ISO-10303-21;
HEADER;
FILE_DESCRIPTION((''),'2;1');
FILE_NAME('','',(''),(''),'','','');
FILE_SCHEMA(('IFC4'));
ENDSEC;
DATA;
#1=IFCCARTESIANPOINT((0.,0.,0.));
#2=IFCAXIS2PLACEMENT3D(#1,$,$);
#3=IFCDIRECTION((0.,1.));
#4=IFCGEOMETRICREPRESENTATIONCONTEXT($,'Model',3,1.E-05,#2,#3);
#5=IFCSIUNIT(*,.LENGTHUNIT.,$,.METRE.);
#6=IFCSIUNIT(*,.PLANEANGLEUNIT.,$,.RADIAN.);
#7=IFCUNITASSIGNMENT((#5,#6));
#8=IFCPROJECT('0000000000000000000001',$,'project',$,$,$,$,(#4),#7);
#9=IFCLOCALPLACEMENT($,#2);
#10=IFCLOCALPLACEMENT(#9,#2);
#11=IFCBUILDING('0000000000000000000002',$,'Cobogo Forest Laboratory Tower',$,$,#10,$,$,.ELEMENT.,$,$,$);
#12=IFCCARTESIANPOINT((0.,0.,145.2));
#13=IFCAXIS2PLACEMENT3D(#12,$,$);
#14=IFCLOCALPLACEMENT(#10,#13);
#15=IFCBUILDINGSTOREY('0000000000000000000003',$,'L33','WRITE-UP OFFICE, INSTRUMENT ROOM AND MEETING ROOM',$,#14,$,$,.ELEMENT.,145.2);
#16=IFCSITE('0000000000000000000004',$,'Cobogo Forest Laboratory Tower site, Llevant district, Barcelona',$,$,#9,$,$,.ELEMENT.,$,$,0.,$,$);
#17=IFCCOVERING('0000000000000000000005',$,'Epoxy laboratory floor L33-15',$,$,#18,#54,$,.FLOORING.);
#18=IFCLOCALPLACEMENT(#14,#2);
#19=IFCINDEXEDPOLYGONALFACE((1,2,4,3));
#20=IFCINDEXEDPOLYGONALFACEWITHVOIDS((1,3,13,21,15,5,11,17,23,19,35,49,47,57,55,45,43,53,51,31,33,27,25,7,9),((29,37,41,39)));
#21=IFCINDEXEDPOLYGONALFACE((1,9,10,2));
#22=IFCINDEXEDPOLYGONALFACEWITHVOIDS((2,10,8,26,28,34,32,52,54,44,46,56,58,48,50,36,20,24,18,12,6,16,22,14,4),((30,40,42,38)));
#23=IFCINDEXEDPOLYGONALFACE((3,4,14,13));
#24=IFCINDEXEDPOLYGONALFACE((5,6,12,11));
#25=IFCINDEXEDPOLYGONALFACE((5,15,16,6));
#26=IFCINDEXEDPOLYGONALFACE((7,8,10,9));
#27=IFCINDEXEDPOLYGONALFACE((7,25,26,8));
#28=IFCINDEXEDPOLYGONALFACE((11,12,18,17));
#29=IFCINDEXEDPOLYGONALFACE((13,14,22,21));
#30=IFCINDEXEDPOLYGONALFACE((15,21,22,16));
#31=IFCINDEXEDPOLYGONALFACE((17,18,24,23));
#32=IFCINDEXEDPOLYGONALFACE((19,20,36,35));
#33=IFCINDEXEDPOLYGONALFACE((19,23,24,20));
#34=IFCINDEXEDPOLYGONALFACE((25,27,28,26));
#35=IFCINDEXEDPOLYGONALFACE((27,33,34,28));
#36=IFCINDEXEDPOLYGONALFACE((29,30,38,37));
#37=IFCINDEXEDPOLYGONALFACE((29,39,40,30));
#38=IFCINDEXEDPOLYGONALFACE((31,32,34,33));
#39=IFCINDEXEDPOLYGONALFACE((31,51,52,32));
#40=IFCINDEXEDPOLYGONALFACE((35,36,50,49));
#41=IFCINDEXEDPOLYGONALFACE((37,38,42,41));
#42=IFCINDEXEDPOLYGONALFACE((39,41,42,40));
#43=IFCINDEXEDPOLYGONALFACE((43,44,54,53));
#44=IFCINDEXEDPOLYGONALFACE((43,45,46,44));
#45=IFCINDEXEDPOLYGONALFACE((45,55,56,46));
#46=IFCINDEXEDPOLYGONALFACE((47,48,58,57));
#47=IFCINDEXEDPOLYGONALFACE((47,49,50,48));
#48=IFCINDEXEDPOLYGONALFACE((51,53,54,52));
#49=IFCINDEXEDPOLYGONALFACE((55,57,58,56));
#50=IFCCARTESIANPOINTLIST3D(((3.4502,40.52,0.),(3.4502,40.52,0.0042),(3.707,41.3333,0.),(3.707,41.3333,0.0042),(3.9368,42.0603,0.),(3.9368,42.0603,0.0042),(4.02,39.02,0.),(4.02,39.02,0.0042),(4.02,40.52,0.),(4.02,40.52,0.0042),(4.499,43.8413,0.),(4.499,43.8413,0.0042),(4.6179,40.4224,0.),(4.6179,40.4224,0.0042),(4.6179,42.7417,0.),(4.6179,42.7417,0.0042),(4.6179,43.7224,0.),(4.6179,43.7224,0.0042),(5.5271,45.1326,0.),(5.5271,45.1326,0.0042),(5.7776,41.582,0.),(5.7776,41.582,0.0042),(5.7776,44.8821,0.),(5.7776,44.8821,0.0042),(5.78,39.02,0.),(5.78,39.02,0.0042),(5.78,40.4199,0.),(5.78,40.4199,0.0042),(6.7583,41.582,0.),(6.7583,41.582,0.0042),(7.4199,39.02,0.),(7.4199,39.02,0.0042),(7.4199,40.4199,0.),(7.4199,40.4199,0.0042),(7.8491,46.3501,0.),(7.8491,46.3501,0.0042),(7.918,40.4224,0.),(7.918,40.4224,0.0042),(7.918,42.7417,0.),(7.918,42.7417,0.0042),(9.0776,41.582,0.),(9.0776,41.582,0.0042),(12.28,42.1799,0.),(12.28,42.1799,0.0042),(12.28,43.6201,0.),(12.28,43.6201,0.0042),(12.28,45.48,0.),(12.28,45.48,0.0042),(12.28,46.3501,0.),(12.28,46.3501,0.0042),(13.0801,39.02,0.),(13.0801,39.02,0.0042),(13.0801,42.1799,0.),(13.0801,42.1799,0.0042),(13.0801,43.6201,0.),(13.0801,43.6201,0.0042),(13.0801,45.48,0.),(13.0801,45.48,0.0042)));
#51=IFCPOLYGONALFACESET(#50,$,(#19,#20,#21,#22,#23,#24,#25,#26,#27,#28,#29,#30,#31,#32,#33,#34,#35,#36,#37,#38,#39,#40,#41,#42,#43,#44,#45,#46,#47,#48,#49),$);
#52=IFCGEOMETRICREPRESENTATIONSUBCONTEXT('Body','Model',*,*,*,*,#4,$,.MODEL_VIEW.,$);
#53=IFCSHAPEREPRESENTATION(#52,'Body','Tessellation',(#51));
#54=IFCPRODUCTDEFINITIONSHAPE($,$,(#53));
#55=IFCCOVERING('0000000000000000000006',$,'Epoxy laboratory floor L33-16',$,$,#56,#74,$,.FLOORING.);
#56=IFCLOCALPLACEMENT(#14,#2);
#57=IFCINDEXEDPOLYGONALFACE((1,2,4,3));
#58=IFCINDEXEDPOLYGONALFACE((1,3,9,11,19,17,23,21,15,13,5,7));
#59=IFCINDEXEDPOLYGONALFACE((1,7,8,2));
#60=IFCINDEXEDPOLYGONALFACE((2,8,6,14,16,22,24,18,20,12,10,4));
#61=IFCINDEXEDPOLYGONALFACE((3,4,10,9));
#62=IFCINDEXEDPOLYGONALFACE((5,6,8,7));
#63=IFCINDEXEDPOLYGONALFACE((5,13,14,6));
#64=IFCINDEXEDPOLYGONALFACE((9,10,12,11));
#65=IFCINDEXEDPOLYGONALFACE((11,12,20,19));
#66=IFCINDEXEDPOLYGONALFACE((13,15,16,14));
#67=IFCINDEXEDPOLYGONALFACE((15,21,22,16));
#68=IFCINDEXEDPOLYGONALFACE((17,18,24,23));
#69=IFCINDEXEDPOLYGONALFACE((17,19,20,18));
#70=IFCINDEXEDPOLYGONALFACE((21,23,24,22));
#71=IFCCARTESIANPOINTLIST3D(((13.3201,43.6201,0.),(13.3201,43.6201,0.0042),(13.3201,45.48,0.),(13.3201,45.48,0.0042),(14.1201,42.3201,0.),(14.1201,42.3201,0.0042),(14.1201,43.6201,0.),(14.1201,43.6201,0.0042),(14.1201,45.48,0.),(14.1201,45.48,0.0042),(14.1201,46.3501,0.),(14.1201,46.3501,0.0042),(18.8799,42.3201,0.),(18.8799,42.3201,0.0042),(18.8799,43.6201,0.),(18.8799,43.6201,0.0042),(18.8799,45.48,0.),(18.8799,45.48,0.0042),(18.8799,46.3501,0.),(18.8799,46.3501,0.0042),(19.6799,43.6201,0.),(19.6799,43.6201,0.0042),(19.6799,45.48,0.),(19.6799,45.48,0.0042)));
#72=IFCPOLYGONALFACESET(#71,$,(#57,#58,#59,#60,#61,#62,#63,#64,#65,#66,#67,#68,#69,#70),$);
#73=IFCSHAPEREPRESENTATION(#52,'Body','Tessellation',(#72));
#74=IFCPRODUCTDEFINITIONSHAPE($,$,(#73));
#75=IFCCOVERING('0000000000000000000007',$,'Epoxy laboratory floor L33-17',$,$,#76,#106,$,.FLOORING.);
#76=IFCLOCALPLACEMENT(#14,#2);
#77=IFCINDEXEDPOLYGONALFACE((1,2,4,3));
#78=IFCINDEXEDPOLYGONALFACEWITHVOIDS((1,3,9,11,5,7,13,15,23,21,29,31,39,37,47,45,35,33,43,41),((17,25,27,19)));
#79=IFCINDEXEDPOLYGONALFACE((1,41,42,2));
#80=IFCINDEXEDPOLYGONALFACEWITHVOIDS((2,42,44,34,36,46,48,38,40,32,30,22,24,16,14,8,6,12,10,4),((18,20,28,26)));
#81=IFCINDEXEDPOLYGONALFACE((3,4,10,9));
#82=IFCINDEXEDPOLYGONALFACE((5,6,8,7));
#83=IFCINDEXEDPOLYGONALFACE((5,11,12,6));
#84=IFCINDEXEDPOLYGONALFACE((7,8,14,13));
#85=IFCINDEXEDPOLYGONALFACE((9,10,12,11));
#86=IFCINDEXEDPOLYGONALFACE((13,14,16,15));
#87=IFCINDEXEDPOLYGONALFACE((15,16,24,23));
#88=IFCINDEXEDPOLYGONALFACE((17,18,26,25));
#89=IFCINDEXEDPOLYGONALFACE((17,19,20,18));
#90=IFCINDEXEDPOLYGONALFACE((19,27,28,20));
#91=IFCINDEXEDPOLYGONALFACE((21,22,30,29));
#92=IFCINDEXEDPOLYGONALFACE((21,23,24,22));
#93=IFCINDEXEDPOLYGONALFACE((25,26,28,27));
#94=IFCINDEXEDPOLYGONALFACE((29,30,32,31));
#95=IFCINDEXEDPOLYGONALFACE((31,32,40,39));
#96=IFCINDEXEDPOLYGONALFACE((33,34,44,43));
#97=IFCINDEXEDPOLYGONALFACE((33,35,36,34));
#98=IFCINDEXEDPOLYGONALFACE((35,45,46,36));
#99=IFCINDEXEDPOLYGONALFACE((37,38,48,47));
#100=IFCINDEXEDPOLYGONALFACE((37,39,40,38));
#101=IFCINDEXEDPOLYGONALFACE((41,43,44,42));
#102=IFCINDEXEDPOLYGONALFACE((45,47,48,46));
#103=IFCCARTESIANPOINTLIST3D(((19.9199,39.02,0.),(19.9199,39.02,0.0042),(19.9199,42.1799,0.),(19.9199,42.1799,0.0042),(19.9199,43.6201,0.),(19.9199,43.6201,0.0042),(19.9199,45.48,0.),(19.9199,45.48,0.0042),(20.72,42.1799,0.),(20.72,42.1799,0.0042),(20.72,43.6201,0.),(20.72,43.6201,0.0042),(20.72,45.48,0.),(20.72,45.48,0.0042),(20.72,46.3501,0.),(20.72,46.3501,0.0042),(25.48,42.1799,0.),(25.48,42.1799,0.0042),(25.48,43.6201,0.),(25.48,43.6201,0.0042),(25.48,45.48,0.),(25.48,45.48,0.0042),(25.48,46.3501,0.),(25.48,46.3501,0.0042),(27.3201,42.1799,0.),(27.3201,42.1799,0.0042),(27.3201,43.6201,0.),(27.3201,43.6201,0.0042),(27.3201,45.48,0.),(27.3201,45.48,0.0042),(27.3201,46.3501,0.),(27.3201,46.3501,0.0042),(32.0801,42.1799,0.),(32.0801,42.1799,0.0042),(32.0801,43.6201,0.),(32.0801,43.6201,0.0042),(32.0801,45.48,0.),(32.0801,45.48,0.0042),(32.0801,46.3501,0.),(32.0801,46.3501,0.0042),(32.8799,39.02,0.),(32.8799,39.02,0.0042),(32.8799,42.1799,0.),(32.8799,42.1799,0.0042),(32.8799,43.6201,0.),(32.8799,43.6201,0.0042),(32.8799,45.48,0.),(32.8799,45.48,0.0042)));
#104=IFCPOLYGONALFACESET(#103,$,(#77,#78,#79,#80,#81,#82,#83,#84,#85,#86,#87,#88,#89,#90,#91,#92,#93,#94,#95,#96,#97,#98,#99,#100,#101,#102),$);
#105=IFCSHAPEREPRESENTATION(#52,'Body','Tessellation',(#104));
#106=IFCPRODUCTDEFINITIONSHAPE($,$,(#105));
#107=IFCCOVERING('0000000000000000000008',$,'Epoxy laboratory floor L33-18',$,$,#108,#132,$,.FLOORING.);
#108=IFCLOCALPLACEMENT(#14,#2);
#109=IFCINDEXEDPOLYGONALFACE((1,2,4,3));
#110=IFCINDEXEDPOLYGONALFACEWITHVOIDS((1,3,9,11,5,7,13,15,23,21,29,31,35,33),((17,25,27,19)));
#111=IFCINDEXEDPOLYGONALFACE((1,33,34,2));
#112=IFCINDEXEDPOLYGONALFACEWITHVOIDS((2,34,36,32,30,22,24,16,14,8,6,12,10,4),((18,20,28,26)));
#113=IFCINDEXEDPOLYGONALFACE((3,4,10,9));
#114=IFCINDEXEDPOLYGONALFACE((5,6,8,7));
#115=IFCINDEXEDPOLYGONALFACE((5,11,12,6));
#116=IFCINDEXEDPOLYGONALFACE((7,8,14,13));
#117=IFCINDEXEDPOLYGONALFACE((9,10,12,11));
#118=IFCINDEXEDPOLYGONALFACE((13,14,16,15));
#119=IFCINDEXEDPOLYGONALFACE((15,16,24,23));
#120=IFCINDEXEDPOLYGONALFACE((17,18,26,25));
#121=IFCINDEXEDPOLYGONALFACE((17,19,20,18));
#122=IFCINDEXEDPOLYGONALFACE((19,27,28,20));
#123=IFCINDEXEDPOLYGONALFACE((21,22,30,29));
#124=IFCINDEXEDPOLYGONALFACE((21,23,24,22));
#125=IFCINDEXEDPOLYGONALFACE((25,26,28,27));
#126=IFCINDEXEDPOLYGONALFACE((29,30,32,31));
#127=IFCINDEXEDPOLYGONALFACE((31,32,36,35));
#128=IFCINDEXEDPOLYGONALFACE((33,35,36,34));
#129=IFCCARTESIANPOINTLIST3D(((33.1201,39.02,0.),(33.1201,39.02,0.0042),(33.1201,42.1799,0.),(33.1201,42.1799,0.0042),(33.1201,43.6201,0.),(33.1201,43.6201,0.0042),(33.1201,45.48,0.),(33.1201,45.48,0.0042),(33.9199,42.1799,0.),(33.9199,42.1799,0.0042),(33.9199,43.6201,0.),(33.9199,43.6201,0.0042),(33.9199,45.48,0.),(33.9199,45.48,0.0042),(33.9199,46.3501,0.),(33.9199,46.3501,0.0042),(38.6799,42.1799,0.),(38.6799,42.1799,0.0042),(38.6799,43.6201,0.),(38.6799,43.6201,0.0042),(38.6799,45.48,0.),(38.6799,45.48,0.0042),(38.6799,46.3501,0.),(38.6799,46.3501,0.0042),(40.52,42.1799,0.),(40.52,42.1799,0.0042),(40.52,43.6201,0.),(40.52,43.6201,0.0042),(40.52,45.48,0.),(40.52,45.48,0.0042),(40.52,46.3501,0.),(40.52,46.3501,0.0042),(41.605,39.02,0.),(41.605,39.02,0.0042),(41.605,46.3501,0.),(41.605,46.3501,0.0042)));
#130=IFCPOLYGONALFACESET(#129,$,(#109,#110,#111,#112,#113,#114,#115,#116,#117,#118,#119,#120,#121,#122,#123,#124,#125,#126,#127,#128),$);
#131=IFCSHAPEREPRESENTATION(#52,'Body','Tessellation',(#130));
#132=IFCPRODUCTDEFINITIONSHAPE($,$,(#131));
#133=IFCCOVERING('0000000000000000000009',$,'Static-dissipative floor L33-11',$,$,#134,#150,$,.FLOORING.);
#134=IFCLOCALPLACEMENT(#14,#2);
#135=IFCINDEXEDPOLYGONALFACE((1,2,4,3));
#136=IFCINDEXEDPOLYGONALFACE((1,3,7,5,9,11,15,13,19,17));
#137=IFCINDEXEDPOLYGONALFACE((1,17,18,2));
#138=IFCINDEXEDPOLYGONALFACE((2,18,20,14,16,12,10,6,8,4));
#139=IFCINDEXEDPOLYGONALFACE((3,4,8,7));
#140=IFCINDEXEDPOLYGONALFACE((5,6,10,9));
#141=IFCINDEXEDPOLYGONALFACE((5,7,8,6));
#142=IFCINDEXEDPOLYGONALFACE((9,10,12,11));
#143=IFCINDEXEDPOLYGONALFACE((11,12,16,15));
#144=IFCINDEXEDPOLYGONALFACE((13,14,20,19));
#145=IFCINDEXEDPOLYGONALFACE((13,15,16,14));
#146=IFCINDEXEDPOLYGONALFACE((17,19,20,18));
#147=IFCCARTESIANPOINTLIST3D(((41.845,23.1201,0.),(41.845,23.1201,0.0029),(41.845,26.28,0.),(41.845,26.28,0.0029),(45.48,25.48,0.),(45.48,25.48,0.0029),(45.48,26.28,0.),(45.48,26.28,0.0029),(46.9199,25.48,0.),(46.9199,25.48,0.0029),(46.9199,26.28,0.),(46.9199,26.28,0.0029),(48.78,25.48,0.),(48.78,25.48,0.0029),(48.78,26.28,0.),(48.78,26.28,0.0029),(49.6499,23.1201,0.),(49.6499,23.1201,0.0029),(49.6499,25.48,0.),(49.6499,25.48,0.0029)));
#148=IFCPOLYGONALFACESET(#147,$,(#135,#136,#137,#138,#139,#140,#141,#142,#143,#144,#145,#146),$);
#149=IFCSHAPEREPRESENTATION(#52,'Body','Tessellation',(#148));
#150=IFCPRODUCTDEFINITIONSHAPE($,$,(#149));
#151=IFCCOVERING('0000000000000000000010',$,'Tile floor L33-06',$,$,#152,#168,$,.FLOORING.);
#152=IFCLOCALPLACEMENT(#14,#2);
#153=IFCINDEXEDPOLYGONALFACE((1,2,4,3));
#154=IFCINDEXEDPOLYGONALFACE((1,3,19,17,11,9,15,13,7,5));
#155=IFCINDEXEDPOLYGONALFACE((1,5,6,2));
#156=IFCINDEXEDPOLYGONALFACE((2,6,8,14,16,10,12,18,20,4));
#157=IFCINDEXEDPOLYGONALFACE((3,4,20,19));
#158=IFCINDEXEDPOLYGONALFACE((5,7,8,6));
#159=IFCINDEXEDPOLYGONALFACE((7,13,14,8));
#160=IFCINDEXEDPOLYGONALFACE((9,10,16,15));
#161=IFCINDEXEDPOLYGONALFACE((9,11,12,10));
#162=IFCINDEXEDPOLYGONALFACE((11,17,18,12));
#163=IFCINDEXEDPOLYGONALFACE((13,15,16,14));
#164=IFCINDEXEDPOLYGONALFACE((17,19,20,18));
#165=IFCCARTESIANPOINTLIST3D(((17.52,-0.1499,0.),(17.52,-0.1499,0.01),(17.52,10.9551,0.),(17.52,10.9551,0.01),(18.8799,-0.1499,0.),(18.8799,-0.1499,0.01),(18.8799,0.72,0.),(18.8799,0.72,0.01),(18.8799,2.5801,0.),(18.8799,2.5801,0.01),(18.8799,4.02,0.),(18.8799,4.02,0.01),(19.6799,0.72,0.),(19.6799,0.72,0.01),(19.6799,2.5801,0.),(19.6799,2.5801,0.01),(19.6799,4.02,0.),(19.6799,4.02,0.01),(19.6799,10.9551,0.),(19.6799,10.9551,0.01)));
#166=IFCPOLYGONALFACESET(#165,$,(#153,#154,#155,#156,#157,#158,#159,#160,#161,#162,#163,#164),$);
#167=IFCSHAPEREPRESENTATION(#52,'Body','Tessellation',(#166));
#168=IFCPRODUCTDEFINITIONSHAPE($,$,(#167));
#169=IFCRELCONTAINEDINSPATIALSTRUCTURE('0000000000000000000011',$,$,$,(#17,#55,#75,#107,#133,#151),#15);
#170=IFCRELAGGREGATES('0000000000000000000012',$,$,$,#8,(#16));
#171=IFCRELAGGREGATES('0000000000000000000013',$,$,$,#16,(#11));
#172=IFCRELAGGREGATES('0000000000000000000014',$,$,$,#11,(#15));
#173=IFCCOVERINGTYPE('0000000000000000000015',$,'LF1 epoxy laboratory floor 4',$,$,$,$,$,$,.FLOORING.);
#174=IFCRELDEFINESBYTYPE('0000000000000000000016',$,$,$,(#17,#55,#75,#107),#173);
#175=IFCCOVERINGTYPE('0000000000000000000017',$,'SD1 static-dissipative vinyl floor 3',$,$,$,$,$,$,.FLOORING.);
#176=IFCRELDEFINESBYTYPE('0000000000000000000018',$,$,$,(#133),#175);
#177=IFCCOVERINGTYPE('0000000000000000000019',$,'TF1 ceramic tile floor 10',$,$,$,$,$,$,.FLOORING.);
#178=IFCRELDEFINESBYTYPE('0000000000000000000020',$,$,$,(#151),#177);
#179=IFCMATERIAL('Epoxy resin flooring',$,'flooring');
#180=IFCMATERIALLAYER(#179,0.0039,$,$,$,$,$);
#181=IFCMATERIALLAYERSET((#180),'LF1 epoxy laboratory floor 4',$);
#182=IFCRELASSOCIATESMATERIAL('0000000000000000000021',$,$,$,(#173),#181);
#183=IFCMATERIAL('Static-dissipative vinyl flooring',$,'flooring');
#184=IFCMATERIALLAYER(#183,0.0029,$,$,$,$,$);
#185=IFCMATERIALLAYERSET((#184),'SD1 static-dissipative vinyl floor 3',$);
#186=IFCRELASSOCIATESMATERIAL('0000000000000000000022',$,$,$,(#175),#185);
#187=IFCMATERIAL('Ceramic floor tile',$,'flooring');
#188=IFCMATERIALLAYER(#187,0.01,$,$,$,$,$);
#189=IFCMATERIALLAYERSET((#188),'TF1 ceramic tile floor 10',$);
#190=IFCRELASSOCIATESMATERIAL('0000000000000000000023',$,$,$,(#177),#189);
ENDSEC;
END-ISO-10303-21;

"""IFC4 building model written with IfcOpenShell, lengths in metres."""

from ifc_helpers import new_model, si_unit, direction, frame, origin, place, context, subcontext, project, spatial, polyline, outline, extrude, material, layer, layer_set, type_object, element, save


model = new_model("IFC4")

# Units and contexts
model_context = context("Model", 3, precision=1e-05, world=origin(), true_north=direction((0.0, 1.0)))
body_context = subcontext(model_context, "Body", "Model", "MODEL_VIEW")
ifc_project = project(units=[si_unit("LENGTHUNIT", "METRE"), si_unit("PLANEANGLEUNIT", "RADIAN")], contexts=[model_context])

# Site, building, storey
site_placement = place(None, origin())
site = spatial("IfcSite", under=ifc_project, at=site_placement, Name="Cobogo Forest Laboratory Tower site, Llevant district, Barcelona", CompositionType="ELEMENT", RefElevation=0.0)
building_placement = place(site_placement, origin())
building = spatial("IfcBuilding", under=site, at=building_placement, Name="Cobogo Forest Laboratory Tower", CompositionType="ELEMENT")
storey_placement = place(building_placement, frame((0.0, 0.0, 145.2)))
storey = spatial("IfcBuildingStorey", under=building, at=storey_placement, Name="L33", Description="WRITE-UP OFFICE, INSTRUMENT ROOM AND MEETING ROOM", CompositionType="ELEMENT", Elevation=145.2)

# Coverings
ifc_material_1 = material(Name="Epoxy resin flooring", Category="flooring")
ifc_layer_1 = layer(ifc_material_1, 0.0039)
ifc_layer_set_1 = layer_set([ifc_layer_1], Name="LF1 epoxy laboratory floor 4")
covering_type_1 = type_object("IfcCoveringType", Name="LF1 epoxy laboratory floor 4", PredefinedType="FLOORING", material=ifc_layer_set_1)
covering_1_placement = place(storey_placement, origin())
element("IfcCovering", 1, at=covering_1_placement, inside=storey, type_object=covering_type_1, Name="Epoxy laboratory floor L33-15", PredefinedType="FLOORING", context=body_context, shape_type="SweptSolid", body=[
    extrude(outline(polyline([(7.4199, 39.02), (7.4199, 40.4199), (5.78, 40.4199), (5.78, 39.02), (4.02, 39.02), (4.02, 40.52), (3.4502, 40.52), (3.707, 41.3333), (4.6179, 40.4224), (5.7776, 41.582), (4.6179, 42.7417), (3.9368, 42.0603), (4.499, 43.8413), (4.6179, 43.7224), (5.7776, 44.8821), (5.5271, 45.1326), (7.8491, 46.3501), (12.28, 46.3501), (12.28, 45.48), (13.0801, 45.48), (13.0801, 43.6201), (12.28, 43.6201), (12.28, 42.1799), (13.0801, 42.1799), (13.0801, 39.02), (7.4199, 39.02)]), holes=[polyline([(6.7583, 41.582), (7.918, 40.4224), (9.0776, 41.582), (7.918, 42.7417), (6.7583, 41.582)])]), origin(), (0.0, 0.0, 1.0), 0.0042),
])
covering_2_placement = place(storey_placement, origin())
element("IfcCovering", 2, at=covering_2_placement, inside=storey, type_object=covering_type_1, Name="Epoxy laboratory floor L33-16", PredefinedType="FLOORING", context=body_context, shape_type="SweptSolid", body=[
    extrude(outline(polyline([(14.1201, 42.3201), (14.1201, 43.6201), (13.3201, 43.6201), (13.3201, 45.48), (14.1201, 45.48), (14.1201, 46.3501), (18.8799, 46.3501), (18.8799, 45.48), (19.6799, 45.48), (19.6799, 43.6201), (18.8799, 43.6201), (18.8799, 42.3201), (14.1201, 42.3201)])), origin(), (0.0, 0.0, 1.0), 0.0042),
])
covering_3_placement = place(storey_placement, origin())
element("IfcCovering", 3, at=covering_3_placement, inside=storey, type_object=covering_type_1, Name="Epoxy laboratory floor L33-17", PredefinedType="FLOORING", context=body_context, shape_type="SweptSolid", body=[
    extrude(outline(polyline([(19.9199, 39.02), (19.9199, 42.1799), (20.72, 42.1799), (20.72, 43.6201), (19.9199, 43.6201), (19.9199, 45.48), (20.72, 45.48), (20.72, 46.3501), (25.48, 46.3501), (25.48, 45.48), (27.3201, 45.48), (27.3201, 46.3501), (32.0801, 46.3501), (32.0801, 45.48), (32.8799, 45.48), (32.8799, 43.6201), (32.0801, 43.6201), (32.0801, 42.1799), (32.8799, 42.1799), (32.8799, 39.02), (19.9199, 39.02)]), holes=[polyline([(25.48, 43.6201), (25.48, 42.1799), (27.3201, 42.1799), (27.3201, 43.6201), (25.48, 43.6201)])]), origin(), (0.0, 0.0, 1.0), 0.0042),
])
covering_4_placement = place(storey_placement, origin())
element("IfcCovering", 4, at=covering_4_placement, inside=storey, type_object=covering_type_1, Name="Epoxy laboratory floor L33-18", PredefinedType="FLOORING", context=body_context, shape_type="SweptSolid", body=[
    extrude(outline(polyline([(33.1201, 39.02), (33.1201, 42.1799), (33.9199, 42.1799), (33.9199, 43.6201), (33.1201, 43.6201), (33.1201, 45.48), (33.9199, 45.48), (33.9199, 46.3501), (38.6799, 46.3501), (38.6799, 45.48), (40.52, 45.48), (40.52, 46.3501), (41.605, 46.3501), (41.605, 39.02), (33.1201, 39.02)]), holes=[polyline([(38.6799, 43.6201), (38.6799, 42.1799), (40.52, 42.1799), (40.52, 43.6201), (38.6799, 43.6201)])]), origin(), (0.0, 0.0, 1.0), 0.0042),
])
ifc_material_2 = material(Name="Static-dissipative vinyl flooring", Category="flooring")
ifc_layer_2 = layer(ifc_material_2, 0.0029)
ifc_layer_set_2 = layer_set([ifc_layer_2], Name="SD1 static-dissipative vinyl floor 3")
covering_type_2 = type_object("IfcCoveringType", Name="SD1 static-dissipative vinyl floor 3", PredefinedType="FLOORING", material=ifc_layer_set_2)
covering_5_placement = place(storey_placement, origin())
element("IfcCovering", 5, at=covering_5_placement, inside=storey, type_object=covering_type_2, Name="Static-dissipative floor L33-11", PredefinedType="FLOORING", context=body_context, shape_type="SweptSolid", body=[
    extrude(outline(polyline([(41.845, 26.28), (45.48, 26.28), (45.48, 25.48), (46.9199, 25.48), (46.9199, 26.28), (48.78, 26.28), (48.78, 25.48), (49.6499, 25.48), (49.6499, 23.1201), (41.845, 23.1201), (41.845, 26.28)])), origin(), (0.0, 0.0, 1.0), 0.0029),
])
ifc_material_3 = material(Name="Ceramic floor tile", Category="flooring")
ifc_layer_3 = layer(ifc_material_3, 0.01)
ifc_layer_set_3 = layer_set([ifc_layer_3], Name="TF1 ceramic tile floor 10")
covering_type_3 = type_object("IfcCoveringType", Name="TF1 ceramic tile floor 10", PredefinedType="FLOORING", material=ifc_layer_set_3)
covering_6_placement = place(storey_placement, origin())
element("IfcCovering", 6, at=covering_6_placement, inside=storey, type_object=covering_type_3, Name="Tile floor L33-06", PredefinedType="FLOORING", context=body_context, shape_type="SweptSolid", body=[
    extrude(outline(polyline([(19.6799, 10.9551), (19.6799, 4.02), (18.8799, 4.02), (18.8799, 2.5801), (19.6799, 2.5801), (19.6799, 0.72), (18.8799, 0.72), (18.8799, -0.1499), (17.52, -0.1499), (17.52, 10.9551), (19.6799, 10.9551)])), origin(), (0.0, 0.0, 1.0), 0.01),
])

save(model, "model.ifc")
